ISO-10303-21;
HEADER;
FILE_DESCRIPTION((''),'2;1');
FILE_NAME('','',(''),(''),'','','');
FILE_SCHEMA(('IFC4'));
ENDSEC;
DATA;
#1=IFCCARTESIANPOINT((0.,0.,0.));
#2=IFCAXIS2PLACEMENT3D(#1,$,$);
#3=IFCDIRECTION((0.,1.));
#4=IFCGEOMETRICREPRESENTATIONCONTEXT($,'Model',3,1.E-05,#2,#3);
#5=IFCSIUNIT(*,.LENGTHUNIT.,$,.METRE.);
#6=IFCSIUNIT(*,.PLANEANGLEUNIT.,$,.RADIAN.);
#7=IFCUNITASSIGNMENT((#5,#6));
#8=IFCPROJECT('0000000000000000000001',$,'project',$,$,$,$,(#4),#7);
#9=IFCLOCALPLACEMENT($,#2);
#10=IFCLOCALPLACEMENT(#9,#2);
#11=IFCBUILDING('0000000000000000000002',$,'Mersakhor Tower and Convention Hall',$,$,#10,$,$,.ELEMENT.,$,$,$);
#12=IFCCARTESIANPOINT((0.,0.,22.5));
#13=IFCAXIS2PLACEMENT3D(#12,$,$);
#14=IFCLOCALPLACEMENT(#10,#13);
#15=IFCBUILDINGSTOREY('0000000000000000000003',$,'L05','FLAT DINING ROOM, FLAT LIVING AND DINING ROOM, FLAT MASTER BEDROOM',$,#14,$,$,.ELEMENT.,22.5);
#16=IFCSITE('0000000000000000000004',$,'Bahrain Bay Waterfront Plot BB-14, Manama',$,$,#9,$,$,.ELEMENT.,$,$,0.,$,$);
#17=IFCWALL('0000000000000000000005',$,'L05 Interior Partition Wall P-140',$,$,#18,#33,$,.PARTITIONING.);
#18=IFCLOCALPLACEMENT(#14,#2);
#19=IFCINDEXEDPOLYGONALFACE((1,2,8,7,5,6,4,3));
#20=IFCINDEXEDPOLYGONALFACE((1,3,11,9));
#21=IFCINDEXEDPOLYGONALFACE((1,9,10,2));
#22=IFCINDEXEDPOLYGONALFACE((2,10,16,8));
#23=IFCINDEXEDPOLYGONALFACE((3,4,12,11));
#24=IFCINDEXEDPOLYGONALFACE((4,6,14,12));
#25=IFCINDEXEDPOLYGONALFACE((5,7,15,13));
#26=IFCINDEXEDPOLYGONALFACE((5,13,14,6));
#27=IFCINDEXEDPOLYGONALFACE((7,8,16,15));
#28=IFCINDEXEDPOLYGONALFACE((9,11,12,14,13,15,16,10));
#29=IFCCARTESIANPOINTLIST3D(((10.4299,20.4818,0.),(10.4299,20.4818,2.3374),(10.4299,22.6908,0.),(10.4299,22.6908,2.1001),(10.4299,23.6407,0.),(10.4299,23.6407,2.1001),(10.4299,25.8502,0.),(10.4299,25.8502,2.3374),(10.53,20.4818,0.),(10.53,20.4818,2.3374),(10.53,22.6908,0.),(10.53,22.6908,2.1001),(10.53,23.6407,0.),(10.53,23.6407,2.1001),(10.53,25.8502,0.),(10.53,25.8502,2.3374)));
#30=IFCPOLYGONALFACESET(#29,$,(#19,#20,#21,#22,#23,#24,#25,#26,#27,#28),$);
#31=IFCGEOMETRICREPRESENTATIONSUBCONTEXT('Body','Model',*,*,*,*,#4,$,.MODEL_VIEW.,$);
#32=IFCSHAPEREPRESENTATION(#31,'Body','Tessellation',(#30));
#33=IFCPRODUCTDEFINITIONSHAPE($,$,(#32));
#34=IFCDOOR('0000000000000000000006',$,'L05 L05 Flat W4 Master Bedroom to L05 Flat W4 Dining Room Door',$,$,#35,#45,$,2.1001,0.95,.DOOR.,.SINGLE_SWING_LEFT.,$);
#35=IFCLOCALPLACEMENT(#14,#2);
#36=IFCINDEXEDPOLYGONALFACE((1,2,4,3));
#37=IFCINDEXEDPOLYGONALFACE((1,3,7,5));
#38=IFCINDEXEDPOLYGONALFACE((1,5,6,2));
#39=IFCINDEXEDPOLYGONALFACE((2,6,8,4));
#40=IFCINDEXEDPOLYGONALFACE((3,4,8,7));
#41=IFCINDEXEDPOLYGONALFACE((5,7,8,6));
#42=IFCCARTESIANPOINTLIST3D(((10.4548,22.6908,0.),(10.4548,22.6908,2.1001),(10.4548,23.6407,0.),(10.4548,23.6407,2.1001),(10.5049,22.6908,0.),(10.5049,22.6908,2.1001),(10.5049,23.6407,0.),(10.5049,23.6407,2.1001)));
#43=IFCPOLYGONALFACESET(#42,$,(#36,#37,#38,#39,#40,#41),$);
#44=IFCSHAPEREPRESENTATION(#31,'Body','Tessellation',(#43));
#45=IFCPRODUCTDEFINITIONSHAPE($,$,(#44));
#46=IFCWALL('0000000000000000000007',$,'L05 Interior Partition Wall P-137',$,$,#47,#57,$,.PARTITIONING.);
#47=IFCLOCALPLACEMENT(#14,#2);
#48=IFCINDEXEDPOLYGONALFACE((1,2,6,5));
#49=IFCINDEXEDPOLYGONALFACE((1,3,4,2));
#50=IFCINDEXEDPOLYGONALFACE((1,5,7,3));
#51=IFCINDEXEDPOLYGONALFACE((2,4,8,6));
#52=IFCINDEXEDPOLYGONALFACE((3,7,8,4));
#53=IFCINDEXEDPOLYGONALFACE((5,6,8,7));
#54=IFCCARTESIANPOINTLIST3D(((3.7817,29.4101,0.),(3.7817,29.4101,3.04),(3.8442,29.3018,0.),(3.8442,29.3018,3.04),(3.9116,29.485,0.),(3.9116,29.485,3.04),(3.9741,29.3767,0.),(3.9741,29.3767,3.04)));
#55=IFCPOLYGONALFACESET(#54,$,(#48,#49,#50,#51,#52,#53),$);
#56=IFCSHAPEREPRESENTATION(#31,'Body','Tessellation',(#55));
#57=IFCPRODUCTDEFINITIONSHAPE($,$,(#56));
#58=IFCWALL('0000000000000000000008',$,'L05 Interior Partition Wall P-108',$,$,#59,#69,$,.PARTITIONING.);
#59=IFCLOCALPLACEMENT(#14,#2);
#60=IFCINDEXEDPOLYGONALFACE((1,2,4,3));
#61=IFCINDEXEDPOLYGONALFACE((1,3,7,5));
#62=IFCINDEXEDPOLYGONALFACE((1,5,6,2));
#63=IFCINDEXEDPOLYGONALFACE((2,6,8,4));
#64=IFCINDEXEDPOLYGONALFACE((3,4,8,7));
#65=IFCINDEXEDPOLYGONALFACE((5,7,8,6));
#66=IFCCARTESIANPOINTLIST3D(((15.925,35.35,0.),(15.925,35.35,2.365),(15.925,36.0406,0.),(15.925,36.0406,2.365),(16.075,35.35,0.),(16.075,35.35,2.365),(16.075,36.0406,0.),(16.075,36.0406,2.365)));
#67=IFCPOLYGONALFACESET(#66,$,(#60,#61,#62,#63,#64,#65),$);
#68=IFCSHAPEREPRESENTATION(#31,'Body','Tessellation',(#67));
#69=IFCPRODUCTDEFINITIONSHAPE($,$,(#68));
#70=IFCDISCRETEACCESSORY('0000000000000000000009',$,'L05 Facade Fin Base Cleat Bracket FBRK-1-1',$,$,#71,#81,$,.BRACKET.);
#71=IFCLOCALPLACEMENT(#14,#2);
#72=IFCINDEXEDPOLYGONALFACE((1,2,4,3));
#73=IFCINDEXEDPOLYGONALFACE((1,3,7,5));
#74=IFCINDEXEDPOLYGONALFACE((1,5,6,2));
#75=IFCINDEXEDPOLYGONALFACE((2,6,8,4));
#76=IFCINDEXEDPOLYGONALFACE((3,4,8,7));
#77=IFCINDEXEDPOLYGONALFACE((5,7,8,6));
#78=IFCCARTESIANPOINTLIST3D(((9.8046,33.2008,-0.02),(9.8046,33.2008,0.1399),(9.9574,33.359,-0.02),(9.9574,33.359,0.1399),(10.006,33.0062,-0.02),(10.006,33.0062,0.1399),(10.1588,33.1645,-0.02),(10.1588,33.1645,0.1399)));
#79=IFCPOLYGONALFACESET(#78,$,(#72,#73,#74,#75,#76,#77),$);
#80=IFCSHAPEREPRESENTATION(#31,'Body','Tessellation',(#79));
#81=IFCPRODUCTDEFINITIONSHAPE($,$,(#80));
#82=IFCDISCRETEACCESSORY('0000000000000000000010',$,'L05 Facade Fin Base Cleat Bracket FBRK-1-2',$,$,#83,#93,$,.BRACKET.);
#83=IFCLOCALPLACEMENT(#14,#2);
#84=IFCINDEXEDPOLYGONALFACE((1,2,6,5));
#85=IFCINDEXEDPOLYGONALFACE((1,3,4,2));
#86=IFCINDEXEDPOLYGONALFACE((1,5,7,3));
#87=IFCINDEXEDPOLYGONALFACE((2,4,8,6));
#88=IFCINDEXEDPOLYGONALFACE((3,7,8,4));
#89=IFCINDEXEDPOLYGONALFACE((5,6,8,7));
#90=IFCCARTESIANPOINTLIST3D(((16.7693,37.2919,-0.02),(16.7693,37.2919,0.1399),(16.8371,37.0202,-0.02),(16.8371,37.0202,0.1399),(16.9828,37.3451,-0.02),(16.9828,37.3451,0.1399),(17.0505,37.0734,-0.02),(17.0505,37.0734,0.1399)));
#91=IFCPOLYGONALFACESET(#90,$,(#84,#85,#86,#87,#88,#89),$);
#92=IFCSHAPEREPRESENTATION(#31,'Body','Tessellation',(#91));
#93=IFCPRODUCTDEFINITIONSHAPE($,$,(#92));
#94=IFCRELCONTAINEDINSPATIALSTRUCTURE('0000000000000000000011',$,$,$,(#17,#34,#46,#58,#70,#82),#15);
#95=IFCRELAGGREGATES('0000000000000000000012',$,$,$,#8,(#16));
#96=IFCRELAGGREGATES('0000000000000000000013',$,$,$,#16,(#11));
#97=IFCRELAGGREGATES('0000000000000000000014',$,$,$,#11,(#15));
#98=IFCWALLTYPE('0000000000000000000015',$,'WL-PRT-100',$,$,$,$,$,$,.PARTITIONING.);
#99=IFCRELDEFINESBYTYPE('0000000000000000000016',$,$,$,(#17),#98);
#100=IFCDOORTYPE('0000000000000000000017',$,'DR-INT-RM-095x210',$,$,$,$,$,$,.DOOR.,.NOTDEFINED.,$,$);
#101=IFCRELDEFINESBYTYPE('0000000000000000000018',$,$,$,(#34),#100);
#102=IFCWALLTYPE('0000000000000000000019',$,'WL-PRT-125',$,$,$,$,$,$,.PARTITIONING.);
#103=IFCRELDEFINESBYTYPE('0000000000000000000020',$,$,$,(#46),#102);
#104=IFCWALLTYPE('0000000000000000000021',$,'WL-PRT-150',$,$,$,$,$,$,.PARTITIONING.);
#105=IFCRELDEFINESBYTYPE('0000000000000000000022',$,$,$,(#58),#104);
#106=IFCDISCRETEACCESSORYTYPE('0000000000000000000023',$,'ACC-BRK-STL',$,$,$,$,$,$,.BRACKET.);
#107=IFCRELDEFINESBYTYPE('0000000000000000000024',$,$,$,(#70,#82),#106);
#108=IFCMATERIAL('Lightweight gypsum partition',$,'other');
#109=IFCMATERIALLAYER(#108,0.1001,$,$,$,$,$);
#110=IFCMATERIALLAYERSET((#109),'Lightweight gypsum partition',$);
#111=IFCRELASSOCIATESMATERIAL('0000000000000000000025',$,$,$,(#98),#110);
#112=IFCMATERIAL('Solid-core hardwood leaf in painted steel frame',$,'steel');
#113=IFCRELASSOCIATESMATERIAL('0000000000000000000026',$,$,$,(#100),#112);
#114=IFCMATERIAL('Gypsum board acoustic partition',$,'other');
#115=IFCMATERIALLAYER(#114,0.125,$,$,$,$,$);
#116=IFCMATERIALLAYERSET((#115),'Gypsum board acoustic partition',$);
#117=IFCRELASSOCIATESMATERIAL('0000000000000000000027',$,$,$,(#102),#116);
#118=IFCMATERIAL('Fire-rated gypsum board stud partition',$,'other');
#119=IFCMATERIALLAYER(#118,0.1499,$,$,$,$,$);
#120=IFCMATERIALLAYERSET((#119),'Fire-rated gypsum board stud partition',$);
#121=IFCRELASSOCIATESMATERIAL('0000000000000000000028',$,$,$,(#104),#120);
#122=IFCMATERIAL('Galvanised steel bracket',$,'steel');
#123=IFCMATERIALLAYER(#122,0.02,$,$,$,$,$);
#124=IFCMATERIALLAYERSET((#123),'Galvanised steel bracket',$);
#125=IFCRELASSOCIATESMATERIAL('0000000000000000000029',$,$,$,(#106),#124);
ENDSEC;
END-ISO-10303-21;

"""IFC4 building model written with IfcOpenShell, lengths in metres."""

from ifc_helpers import new_model, si_unit, direction, frame, frame_2d, origin, origin_2d, place, context, subcontext, project, spatial, rectangle, extrude, material, layer, layer_set, type_object, element, fill, save


model = new_model("IFC4")

# Units and contexts
model_context = context("Model", 3, precision=1e-05, world=origin(), true_north=direction((0.0, 1.0)))
body_context = subcontext(model_context, "Body", "Model", "MODEL_VIEW")
ifc_project = project(units=[si_unit("LENGTHUNIT", "METRE"), si_unit("PLANEANGLEUNIT", "RADIAN")], contexts=[model_context])

# Site, building, storey
site_placement = place(None, origin())
site = spatial("IfcSite", under=ifc_project, at=site_placement, Name="Bahrain Bay Waterfront Plot BB-14, Manama", CompositionType="ELEMENT", RefElevation=0.0)
building_placement = place(site_placement, origin())
building = spatial("IfcBuilding", under=site, at=building_placement, Name="Mersakhor Tower and Convention Hall", CompositionType="ELEMENT")
storey_placement = place(building_placement, frame((0.0, 0.0, 22.5)))
storey = spatial("IfcBuildingStorey", under=building, at=storey_placement, Name="L05", Description="FLAT DINING ROOM, FLAT LIVING AND DINING ROOM, FLAT MASTER BEDROOM", CompositionType="ELEMENT", Elevation=22.5)

# Wall, opening, door
ifc_material_1 = material(Name="Lightweight gypsum partition", Category="other")
ifc_layer_1 = layer(ifc_material_1, 0.1001)
ifc_layer_set_1 = layer_set([ifc_layer_1], Name="Lightweight gypsum partition")
wall_type_1 = type_object("IfcWallType", Name="WL-PRT-100", PredefinedType="PARTITIONING", material=ifc_layer_set_1)
ifc_material_2 = material(Name="Solid-core hardwood leaf in painted steel frame", Category="steel")
door_type_1 = type_object("IfcDoorType", Name="DR-INT-RM-095x210", OperationType="NOTDEFINED", PredefinedType="DOOR", material=ifc_material_2)
wall_1_placement = place(storey_placement, frame((10.48, 25.8501, 0.0), z_axis=(0.0, 0.0, 1.0), x_axis=(0.0, -1.0, 0.0)))
wall_1 = element("IfcWall", 1, at=wall_1_placement, inside=storey, type_object=wall_type_1, Name="L05 Interior Partition Wall P-140", PredefinedType="PARTITIONING", context=body_context, shape_type="SweptSolid", body=[
    extrude(rectangle(XDim=5.3684, YDim=0.1001, at=frame_2d((2.6841, 0.0))), origin(), (0.0, 0.0, 1.0), 2.3374),
])
opening_1_placement = place(wall_1_placement, frame((2.2092, 0.0, 0.0)))
opening_1 = element("IfcOpeningElement", 2, at=opening_1_placement, cuts=wall_1, PredefinedType="OPENING", context=body_context, shape_type="SweptSolid", body=[
    extrude(rectangle(XDim=0.95, YDim=2.1001, at=frame_2d((0.4751, 1.05))), frame((0.0, 0.0601, 0.0), z_axis=(0.0, -1.0, 0.0), x_axis=(1.0, 0.0, 0.0)), (0.0, 0.0, 1.0), 0.1201),
])
door_1_placement = place(opening_1_placement, origin())
door_1 = element("IfcDoor", 3, at=door_1_placement, inside=storey, type_object=door_type_1, Name="L05 L05 Flat W4 Master Bedroom to L05 Flat W4 Dining Room Door", OperationType="SINGLE_SWING_LEFT", OverallHeight=2.1001, OverallWidth=0.95, PredefinedType="DOOR", context=body_context, shape_type="SweptSolid", body=[
    extrude(rectangle(XDim=0.95, YDim=2.1001, at=frame_2d((0.4751, 1.05))), frame((0.0, 0.0249, 0.0), z_axis=(0.0, -1.0, 0.0), x_axis=(1.0, 0.0, 0.0)), (0.0, 0.0, 1.0), 0.05),
])
fill(opening_1, door_1)

# Walls
ifc_material_3 = material(Name="Gypsum board acoustic partition", Category="other")
ifc_layer_2 = layer(ifc_material_3, 0.125)
ifc_layer_set_2 = layer_set([ifc_layer_2], Name="Gypsum board acoustic partition")
wall_type_2 = type_object("IfcWallType", Name="WL-PRT-125", PredefinedType="PARTITIONING", material=ifc_layer_set_2)
wall_2_placement = place(storey_placement, frame((3.813, 29.356, 0.0), z_axis=(0.0, 0.0, 1.0), x_axis=(0.866131, 0.499816, 0.0)))
element("IfcWall", 4, at=wall_2_placement, inside=storey, type_object=wall_type_2, Name="L05 Interior Partition Wall P-137", PredefinedType="PARTITIONING", context=body_context, shape_type="SweptSolid", body=[
    extrude(rectangle(XDim=0.1499, YDim=0.125, at=frame_2d((0.075, 0.0))), origin(), (0.0, 0.0, 1.0), 3.04),
])
ifc_material_4 = material(Name="Fire-rated gypsum board stud partition", Category="other")
ifc_layer_3 = layer(ifc_material_4, 0.1499)
ifc_layer_set_3 = layer_set([ifc_layer_3], Name="Fire-rated gypsum board stud partition")
wall_type_3 = type_object("IfcWallType", Name="WL-PRT-150", PredefinedType="PARTITIONING", material=ifc_layer_set_3)
wall_3_placement = place(storey_placement, frame((16.0, 35.3501, 0.0), z_axis=(0.0, 0.0, 1.0), x_axis=(0.0, 1.0, 0.0)))
element("IfcWall", 5, at=wall_3_placement, inside=storey, type_object=wall_type_3, Name="L05 Interior Partition Wall P-108", PredefinedType="PARTITIONING", context=body_context, shape_type="SweptSolid", body=[
    extrude(rectangle(XDim=0.6907, YDim=0.1499, at=frame_2d((0.3452, 0.0))), origin(), (0.0, 0.0, 1.0), 2.365),
])

# Discrete accessories
ifc_material_5 = material(Name="Galvanised steel bracket", Category="steel")
ifc_layer_4 = layer(ifc_material_5, 0.02)
ifc_layer_set_4 = layer_set([ifc_layer_4], Name="Galvanised steel bracket")
discrete_accessory_type = type_object("IfcDiscreteAccessoryType", Name="ACC-BRK-STL", PredefinedType="BRACKET", material=ifc_layer_set_4)
for number, where, z_axis, x_axis, name in (
    (6, (9.9817, 33.1826, -0.02), (0.0, 0.0, 1.0), (-0.71934, 0.694658, 0.0), "L05 Facade Fin Base Cleat Bracket FBRK-1-1"),
    (7, (16.9099, 37.1826, -0.02), (0.0, 0.0, 1.0), (-0.241922, 0.970296, 0.0), "L05 Facade Fin Base Cleat Bracket FBRK-1-2"),
):
    element("IfcDiscreteAccessory", number, at=place(storey_placement, frame(where, z_axis=z_axis, x_axis=x_axis)), inside=storey, type_object=discrete_accessory_type, Name=name, PredefinedType="BRACKET", context=body_context, shape_type="SweptSolid", body=[
        extrude(rectangle(XDim=0.28, YDim=0.22, at=origin_2d()), origin(), (0.0, 0.0, 1.0), 0.1599),
    ])

save(model, "model.ifc")
